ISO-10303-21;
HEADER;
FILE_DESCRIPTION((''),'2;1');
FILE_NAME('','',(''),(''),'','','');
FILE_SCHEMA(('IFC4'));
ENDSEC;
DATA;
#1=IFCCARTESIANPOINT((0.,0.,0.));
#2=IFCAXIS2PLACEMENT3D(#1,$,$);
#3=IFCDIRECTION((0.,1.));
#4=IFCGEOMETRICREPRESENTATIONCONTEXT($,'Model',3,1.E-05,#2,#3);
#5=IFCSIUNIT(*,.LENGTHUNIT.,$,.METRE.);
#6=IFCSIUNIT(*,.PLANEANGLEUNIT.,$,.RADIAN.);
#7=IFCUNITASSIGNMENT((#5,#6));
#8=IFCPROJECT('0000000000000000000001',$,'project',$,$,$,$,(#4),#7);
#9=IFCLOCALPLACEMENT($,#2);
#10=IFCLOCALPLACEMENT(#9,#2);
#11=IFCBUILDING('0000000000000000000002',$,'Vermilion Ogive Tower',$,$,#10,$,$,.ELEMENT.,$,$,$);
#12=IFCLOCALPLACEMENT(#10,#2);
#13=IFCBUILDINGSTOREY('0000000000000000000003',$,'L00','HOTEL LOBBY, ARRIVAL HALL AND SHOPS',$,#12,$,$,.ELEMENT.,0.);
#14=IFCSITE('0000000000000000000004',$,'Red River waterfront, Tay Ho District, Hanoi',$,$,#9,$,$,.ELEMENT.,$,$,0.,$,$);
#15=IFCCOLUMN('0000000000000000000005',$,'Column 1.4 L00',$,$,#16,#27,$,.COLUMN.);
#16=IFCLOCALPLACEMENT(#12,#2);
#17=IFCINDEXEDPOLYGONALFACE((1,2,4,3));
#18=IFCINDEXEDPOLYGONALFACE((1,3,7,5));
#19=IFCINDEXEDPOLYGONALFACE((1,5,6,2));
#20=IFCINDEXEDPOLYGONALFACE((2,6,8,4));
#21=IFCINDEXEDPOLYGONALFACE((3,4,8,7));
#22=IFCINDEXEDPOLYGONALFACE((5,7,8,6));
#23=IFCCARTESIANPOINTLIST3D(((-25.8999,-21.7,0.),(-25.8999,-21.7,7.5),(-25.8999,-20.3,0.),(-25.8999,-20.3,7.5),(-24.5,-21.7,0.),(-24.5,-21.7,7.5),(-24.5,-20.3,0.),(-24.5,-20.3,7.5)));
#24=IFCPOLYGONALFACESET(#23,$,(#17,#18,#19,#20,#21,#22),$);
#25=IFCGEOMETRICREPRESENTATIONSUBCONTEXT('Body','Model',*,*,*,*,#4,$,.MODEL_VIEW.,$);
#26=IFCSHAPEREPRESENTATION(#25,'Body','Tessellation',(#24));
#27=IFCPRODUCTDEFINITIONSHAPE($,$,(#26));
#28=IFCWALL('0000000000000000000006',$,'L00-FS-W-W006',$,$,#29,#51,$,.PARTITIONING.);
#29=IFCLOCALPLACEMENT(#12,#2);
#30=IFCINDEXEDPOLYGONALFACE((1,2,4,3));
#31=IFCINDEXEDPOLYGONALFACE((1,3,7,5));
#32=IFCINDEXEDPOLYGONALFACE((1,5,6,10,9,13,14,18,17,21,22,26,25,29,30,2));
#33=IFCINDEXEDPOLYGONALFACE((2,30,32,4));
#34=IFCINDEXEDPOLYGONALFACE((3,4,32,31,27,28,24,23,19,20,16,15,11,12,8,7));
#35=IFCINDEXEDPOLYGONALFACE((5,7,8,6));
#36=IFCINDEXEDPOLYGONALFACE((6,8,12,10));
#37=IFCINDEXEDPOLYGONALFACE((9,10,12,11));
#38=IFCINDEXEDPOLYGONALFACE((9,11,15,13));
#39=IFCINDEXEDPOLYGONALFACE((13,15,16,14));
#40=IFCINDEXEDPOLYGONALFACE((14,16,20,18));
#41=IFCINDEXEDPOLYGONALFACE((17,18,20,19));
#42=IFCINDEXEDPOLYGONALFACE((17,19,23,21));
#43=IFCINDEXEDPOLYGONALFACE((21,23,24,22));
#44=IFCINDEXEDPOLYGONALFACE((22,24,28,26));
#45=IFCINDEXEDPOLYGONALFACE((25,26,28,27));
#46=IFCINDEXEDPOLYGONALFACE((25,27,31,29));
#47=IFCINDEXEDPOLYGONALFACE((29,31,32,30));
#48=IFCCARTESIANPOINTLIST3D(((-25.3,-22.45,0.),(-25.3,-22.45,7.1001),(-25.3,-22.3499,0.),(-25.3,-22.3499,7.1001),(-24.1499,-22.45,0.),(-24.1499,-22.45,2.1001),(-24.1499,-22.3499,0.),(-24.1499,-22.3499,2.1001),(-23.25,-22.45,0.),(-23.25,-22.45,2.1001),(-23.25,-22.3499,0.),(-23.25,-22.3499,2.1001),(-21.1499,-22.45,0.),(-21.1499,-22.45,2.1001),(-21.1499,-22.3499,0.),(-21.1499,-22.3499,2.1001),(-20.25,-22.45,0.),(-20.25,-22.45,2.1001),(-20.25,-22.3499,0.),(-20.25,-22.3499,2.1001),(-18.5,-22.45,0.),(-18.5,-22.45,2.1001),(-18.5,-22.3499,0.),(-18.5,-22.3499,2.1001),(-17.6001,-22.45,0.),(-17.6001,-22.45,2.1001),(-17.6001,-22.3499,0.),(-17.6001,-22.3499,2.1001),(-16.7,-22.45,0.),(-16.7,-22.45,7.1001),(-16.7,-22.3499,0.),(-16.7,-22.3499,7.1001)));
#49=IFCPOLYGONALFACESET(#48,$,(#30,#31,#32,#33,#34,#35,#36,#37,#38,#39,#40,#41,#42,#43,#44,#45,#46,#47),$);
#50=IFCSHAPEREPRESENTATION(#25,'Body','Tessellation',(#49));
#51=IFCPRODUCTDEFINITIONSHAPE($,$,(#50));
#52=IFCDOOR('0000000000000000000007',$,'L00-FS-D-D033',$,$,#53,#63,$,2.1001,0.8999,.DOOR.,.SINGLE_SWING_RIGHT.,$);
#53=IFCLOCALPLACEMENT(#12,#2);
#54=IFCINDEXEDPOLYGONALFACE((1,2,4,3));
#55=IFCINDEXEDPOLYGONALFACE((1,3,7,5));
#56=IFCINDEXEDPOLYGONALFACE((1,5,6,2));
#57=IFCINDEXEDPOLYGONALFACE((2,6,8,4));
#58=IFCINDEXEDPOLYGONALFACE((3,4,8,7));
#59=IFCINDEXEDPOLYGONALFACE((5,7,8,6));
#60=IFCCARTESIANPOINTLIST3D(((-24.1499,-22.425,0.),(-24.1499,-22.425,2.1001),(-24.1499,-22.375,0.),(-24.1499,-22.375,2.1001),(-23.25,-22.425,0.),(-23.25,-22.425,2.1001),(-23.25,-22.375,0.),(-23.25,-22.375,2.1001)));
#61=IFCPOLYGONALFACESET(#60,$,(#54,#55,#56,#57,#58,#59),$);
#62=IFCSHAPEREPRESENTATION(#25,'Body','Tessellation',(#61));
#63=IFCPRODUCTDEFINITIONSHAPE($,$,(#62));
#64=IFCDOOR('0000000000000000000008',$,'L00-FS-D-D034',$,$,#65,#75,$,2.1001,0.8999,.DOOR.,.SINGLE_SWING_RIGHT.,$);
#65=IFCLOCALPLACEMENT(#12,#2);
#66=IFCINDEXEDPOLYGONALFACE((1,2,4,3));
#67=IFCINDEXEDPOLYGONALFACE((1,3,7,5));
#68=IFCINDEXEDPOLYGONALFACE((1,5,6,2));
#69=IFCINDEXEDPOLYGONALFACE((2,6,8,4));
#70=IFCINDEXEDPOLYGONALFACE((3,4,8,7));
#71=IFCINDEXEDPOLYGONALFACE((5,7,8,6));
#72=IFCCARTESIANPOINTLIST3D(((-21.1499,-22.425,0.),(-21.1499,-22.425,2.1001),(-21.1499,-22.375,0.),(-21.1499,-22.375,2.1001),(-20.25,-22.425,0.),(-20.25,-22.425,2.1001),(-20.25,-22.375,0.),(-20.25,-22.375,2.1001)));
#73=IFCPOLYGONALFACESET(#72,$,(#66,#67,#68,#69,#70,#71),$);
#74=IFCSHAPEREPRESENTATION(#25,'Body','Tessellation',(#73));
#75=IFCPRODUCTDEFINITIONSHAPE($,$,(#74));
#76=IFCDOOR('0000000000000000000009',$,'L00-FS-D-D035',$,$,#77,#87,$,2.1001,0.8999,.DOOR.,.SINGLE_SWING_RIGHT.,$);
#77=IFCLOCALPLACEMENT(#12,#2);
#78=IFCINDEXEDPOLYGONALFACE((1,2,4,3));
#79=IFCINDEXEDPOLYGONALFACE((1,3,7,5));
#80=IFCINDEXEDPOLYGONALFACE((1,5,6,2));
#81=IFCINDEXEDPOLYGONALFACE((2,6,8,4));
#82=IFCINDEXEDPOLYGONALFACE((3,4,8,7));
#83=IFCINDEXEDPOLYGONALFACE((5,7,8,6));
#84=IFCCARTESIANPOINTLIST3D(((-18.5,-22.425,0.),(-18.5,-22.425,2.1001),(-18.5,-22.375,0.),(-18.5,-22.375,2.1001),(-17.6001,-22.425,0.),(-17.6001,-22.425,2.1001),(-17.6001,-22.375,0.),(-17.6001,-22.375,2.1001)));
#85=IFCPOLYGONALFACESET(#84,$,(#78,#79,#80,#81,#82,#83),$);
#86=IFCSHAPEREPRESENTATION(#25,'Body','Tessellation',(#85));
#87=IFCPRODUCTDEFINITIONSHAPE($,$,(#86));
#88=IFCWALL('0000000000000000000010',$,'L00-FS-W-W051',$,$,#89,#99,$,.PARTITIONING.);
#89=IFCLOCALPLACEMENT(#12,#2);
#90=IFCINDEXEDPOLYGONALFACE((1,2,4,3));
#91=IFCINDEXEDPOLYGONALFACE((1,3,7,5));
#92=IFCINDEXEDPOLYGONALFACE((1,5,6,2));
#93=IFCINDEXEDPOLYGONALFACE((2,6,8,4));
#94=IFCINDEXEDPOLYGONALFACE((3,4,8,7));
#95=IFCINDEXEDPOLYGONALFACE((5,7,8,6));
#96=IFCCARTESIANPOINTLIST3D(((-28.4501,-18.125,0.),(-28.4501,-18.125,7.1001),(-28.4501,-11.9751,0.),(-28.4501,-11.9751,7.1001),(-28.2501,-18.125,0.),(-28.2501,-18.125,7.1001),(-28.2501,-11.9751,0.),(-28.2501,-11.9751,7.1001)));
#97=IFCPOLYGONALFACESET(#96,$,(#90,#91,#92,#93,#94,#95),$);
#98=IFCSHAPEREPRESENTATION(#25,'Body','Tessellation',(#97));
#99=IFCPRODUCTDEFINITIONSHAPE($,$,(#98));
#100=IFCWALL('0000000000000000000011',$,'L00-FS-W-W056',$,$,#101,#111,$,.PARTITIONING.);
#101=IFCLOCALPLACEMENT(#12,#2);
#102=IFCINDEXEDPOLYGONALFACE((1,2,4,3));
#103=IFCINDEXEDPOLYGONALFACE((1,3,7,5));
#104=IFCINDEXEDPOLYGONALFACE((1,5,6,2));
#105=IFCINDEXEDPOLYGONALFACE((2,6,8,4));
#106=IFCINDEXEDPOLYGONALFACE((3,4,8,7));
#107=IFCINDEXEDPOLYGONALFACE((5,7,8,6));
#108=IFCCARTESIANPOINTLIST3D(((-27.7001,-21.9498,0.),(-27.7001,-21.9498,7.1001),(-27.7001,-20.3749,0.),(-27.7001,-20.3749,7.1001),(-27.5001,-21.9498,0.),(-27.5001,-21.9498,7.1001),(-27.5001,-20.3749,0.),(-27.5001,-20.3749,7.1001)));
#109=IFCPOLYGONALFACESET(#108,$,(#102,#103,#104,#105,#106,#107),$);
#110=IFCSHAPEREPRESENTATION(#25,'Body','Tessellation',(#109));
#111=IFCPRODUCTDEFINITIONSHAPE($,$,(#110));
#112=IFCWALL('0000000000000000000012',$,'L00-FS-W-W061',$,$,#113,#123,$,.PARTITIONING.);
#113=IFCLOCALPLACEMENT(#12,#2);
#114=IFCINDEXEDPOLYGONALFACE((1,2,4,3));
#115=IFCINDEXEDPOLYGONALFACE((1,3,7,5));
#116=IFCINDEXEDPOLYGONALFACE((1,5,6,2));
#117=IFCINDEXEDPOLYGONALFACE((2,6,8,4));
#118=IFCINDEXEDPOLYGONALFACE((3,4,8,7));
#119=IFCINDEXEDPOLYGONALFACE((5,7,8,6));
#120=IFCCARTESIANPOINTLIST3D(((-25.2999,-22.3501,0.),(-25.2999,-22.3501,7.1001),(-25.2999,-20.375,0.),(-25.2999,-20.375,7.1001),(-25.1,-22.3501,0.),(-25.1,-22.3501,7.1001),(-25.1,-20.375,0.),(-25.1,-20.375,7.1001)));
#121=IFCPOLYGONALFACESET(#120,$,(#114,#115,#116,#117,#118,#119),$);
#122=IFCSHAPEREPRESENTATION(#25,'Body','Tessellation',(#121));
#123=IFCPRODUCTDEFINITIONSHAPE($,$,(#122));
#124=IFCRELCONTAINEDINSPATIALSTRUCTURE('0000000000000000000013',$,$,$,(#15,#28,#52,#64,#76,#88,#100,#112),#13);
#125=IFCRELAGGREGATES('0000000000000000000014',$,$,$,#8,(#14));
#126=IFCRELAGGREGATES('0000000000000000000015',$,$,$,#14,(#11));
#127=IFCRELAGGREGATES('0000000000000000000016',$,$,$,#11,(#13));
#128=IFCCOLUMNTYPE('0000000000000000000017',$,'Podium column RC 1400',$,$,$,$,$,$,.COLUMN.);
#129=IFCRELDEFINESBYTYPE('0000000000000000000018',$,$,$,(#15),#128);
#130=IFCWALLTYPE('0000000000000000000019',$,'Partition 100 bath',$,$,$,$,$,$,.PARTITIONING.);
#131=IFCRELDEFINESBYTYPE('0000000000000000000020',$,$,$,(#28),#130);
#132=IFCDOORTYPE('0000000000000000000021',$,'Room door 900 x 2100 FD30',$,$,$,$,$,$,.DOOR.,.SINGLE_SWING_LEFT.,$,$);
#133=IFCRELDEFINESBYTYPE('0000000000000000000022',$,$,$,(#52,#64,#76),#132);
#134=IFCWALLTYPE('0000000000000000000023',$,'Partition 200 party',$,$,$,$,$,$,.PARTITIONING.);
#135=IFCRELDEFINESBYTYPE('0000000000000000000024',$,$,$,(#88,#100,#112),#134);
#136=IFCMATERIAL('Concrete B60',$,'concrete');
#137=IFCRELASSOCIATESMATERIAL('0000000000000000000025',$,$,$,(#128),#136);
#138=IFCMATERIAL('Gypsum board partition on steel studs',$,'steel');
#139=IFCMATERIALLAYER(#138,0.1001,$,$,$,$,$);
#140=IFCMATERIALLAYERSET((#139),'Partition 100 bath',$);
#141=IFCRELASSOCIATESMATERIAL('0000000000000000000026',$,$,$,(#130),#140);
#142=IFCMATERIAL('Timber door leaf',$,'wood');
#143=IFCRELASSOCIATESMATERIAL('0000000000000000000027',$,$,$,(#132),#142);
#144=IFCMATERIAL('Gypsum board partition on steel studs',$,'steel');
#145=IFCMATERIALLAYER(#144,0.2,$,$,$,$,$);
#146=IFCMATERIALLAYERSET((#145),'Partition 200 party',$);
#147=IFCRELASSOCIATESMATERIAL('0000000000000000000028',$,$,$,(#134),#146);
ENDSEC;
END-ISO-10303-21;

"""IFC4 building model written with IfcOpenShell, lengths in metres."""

from ifc_helpers import new_model, si_unit, direction, frame, frame_2d, origin, origin_2d, place, context, subcontext, project, spatial, rectangle, extrude, material, layer, layer_set, material_profile, profile_set, type_object, element, fill, save


model = new_model("IFC4")

# Units and contexts
model_context = context("Model", 3, precision=1e-05, world=origin(), true_north=direction((0.0, 1.0)))
body_context = subcontext(model_context, "Body", "Model", "MODEL_VIEW")
ifc_project = project(units=[si_unit("LENGTHUNIT", "METRE"), si_unit("PLANEANGLEUNIT", "RADIAN")], contexts=[model_context])

# Site, building, storey
site_placement = place(None, origin())
site = spatial("IfcSite", under=ifc_project, at=site_placement, Name="Red River waterfront, Tay Ho District, Hanoi", CompositionType="ELEMENT", RefElevation=0.0)
building_placement = place(site_placement, origin())
building = spatial("IfcBuilding", under=site, at=building_placement, Name="Vermilion Ogive Tower", CompositionType="ELEMENT")
storey_placement = place(building_placement, origin())
storey = spatial("IfcBuildingStorey", under=building, at=storey_placement, Name="L00", Description="HOTEL LOBBY, ARRIVAL HALL AND SHOPS", CompositionType="ELEMENT", Elevation=0.0)

# Column
ifc_material_1 = material(Name="Concrete B60", Category="concrete")
ifc_material_profile = material_profile(ifc_material_1, rectangle(XDim=1.3999, YDim=1.3999, at=origin_2d()), Name="RC 1400x1400")
ifc_profile_set = profile_set([ifc_material_profile], Name="Concrete B60")
column_type = type_object("IfcColumnType", Name="Podium column RC 1400", PredefinedType="COLUMN", material=ifc_profile_set)
column_placement = place(storey_placement, frame((-25.2, -21.0, 0.0), z_axis=(0.0, 0.0, 1.0), x_axis=(1.0, 0.0, 0.0)))
element("IfcColumn", 1, at=column_placement, inside=storey, type_object=column_type, Name="Column 1.4 L00", PredefinedType="COLUMN", context=body_context, shape_type="SweptSolid", body=[
    extrude(rectangle(XDim=1.3999, YDim=1.3999, at=origin_2d()), origin(), (0.0, 0.0, 1.0), 7.5),
])

# Wall, openings, doors
ifc_material_2 = material(Name="Gypsum board partition on steel studs", Category="steel")
ifc_layer_1 = layer(ifc_material_2, 0.1001)
ifc_layer_set_1 = layer_set([ifc_layer_1], Name="Partition 100 bath")
wall_type_1 = type_object("IfcWallType", Name="Partition 100 bath", PredefinedType="PARTITIONING", material=ifc_layer_set_1)
wall_1_placement = place(storey_placement, frame((-25.3, -22.3999, 0.0), z_axis=(0.0, 0.0, 1.0), x_axis=(1.0, 0.0, 0.0)))
wall_1 = element("IfcWall", 2, at=wall_1_placement, inside=storey, type_object=wall_type_1, Name="L00-FS-W-W006", PredefinedType="PARTITIONING", context=body_context, shape_type="SweptSolid", body=[
    extrude(rectangle(XDim=8.6001, YDim=0.1001, at=frame_2d((4.3, 0.0))), origin(), (0.0, 0.0, 1.0), 7.1001),
])
opening_1_placement = place(wall_1_placement, frame((1.1501, 0.0, 0.0)))
opening_1 = element("IfcOpeningElement", 3, at=opening_1_placement, cuts=wall_1, PredefinedType="OPENING", context=body_context, shape_type="SweptSolid", body=[
    extrude(rectangle(XDim=0.8999, YDim=2.1001, at=frame_2d((0.45, 1.05))), frame((0.0, 0.0601, 0.0), z_axis=(0.0, -1.0, 0.0), x_axis=(1.0, 0.0, 0.0)), (0.0, 0.0, 1.0), 0.1201),
])
opening_2_placement = place(wall_1_placement, frame((4.1501, 0.0, 0.0)))
opening_2 = element("IfcOpeningElement", 4, at=opening_2_placement, cuts=wall_1, PredefinedType="OPENING", context=body_context, shape_type="SweptSolid", body=[
    extrude(rectangle(XDim=0.8999, YDim=2.1001, at=frame_2d((0.45, 1.05))), frame((0.0, 0.0601, 0.0), z_axis=(0.0, -1.0, 0.0), x_axis=(1.0, 0.0, 0.0)), (0.0, 0.0, 1.0), 0.1201),
])
opening_3_placement = place(wall_1_placement, frame((6.8, 0.0, 0.0)))
opening_3 = element("IfcOpeningElement", 5, at=opening_3_placement, cuts=wall_1, PredefinedType="OPENING", context=body_context, shape_type="SweptSolid", body=[
    extrude(rectangle(XDim=0.8999, YDim=2.1001, at=frame_2d((0.45, 1.05))), frame((0.0, 0.0601, 0.0), z_axis=(0.0, -1.0, 0.0), x_axis=(1.0, 0.0, 0.0)), (0.0, 0.0, 1.0), 0.1201),
])
ifc_material_3 = material(Name="Timber door leaf", Category="wood")
door_type_1 = type_object("IfcDoorType", Name="Room door 900 x 2100 FD30", OperationType="SINGLE_SWING_LEFT", PredefinedType="DOOR", material=ifc_material_3)
door_1_placement = place(opening_1_placement, origin())
door_1 = element("IfcDoor", 6, at=door_1_placement, inside=storey, type_object=door_type_1, Name="L00-FS-D-D033", OperationType="SINGLE_SWING_RIGHT", OverallHeight=2.1001, OverallWidth=0.8999, PredefinedType="DOOR", context=body_context, shape_type="SweptSolid", body=[
    extrude(rectangle(XDim=0.8999, YDim=2.1001, at=frame_2d((0.45, 1.05))), frame((0.0, 0.0249, 0.0), z_axis=(0.0, -1.0, 0.0), x_axis=(1.0, 0.0, 0.0)), (0.0, 0.0, 1.0), 0.05),
])
fill(opening_1, door_1)
door_2_placement = place(opening_2_placement, origin())
door_2 = element("IfcDoor", 7, at=door_2_placement, inside=storey, type_object=door_type_1, Name="L00-FS-D-D034", OperationType="SINGLE_SWING_RIGHT", OverallHeight=2.1001, OverallWidth=0.8999, PredefinedType="DOOR", context=body_context, shape_type="SweptSolid", body=[
    extrude(rectangle(XDim=0.8999, YDim=2.1001, at=frame_2d((0.45, 1.05))), frame((0.0, 0.0249, 0.0), z_axis=(0.0, -1.0, 0.0), x_axis=(1.0, 0.0, 0.0)), (0.0, 0.0, 1.0), 0.05),
])
fill(opening_2, door_2)
door_3_placement = place(opening_3_placement, origin())
door_3 = element("IfcDoor", 8, at=door_3_placement, inside=storey, type_object=door_type_1, Name="L00-FS-D-D035", OperationType="SINGLE_SWING_RIGHT", OverallHeight=2.1001, OverallWidth=0.8999, PredefinedType="DOOR", context=body_context, shape_type="SweptSolid", body=[
    extrude(rectangle(XDim=0.8999, YDim=2.1001, at=frame_2d((0.45, 1.05))), frame((0.0, 0.0249, 0.0), z_axis=(0.0, -1.0, 0.0), x_axis=(1.0, 0.0, 0.0)), (0.0, 0.0, 1.0), 0.05),
])
fill(opening_3, door_3)

# Walls
ifc_material_4 = material(Name="Gypsum board partition on steel studs", Category="steel")
ifc_layer_2 = layer(ifc_material_4, 0.2)
ifc_layer_set_2 = layer_set([ifc_layer_2], Name="Partition 200 party")
wall_type_2 = type_object("IfcWallType", Name="Partition 200 party", PredefinedType="PARTITIONING", material=ifc_layer_set_2)
wall_2_placement = place(storey_placement, frame((-28.3501, -18.125, 0.0), z_axis=(0.0, 0.0, 1.0), x_axis=(0.0, 1.0, 0.0)))
element("IfcWall", 9, at=wall_2_placement, inside=storey, type_object=wall_type_2, Name="L00-FS-W-W051", PredefinedType="PARTITIONING", context=body_context, shape_type="SweptSolid", body=[
    extrude(rectangle(XDim=6.1499, YDim=0.2, at=frame_2d((3.075, 0.0))), origin(), (0.0, 0.0, 1.0), 7.1001),
])
wall_3_placement = place(storey_placement, frame((-27.6001, -21.95, 0.0), z_axis=(0.0, 0.0, 1.0), x_axis=(0.0, 1.0, 0.0)))
element("IfcWall", 10, at=wall_3_placement, inside=storey, type_object=wall_type_2, Name="L00-FS-W-W056", PredefinedType="PARTITIONING", context=body_context, shape_type="SweptSolid", body=[
    extrude(rectangle(XDim=1.575, YDim=0.2, at=frame_2d((0.7876, 0.0))), origin(), (0.0, 0.0, 1.0), 7.1001),
])
wall_4_placement = place(storey_placement, frame((-25.2, -22.3501, 0.0), z_axis=(0.0, 0.0, 1.0), x_axis=(0.0, 1.0, 0.0)))
element("IfcWall", 11, at=wall_4_placement, inside=storey, type_object=wall_type_2, Name="L00-FS-W-W061", PredefinedType="PARTITIONING", context=body_context, shape_type="SweptSolid", body=[
    extrude(rectangle(XDim=1.9751, YDim=0.2, at=frame_2d((0.9875, 0.0))), origin(), (0.0, 0.0, 1.0), 7.1001),
])

save(model, "model.ifc")
